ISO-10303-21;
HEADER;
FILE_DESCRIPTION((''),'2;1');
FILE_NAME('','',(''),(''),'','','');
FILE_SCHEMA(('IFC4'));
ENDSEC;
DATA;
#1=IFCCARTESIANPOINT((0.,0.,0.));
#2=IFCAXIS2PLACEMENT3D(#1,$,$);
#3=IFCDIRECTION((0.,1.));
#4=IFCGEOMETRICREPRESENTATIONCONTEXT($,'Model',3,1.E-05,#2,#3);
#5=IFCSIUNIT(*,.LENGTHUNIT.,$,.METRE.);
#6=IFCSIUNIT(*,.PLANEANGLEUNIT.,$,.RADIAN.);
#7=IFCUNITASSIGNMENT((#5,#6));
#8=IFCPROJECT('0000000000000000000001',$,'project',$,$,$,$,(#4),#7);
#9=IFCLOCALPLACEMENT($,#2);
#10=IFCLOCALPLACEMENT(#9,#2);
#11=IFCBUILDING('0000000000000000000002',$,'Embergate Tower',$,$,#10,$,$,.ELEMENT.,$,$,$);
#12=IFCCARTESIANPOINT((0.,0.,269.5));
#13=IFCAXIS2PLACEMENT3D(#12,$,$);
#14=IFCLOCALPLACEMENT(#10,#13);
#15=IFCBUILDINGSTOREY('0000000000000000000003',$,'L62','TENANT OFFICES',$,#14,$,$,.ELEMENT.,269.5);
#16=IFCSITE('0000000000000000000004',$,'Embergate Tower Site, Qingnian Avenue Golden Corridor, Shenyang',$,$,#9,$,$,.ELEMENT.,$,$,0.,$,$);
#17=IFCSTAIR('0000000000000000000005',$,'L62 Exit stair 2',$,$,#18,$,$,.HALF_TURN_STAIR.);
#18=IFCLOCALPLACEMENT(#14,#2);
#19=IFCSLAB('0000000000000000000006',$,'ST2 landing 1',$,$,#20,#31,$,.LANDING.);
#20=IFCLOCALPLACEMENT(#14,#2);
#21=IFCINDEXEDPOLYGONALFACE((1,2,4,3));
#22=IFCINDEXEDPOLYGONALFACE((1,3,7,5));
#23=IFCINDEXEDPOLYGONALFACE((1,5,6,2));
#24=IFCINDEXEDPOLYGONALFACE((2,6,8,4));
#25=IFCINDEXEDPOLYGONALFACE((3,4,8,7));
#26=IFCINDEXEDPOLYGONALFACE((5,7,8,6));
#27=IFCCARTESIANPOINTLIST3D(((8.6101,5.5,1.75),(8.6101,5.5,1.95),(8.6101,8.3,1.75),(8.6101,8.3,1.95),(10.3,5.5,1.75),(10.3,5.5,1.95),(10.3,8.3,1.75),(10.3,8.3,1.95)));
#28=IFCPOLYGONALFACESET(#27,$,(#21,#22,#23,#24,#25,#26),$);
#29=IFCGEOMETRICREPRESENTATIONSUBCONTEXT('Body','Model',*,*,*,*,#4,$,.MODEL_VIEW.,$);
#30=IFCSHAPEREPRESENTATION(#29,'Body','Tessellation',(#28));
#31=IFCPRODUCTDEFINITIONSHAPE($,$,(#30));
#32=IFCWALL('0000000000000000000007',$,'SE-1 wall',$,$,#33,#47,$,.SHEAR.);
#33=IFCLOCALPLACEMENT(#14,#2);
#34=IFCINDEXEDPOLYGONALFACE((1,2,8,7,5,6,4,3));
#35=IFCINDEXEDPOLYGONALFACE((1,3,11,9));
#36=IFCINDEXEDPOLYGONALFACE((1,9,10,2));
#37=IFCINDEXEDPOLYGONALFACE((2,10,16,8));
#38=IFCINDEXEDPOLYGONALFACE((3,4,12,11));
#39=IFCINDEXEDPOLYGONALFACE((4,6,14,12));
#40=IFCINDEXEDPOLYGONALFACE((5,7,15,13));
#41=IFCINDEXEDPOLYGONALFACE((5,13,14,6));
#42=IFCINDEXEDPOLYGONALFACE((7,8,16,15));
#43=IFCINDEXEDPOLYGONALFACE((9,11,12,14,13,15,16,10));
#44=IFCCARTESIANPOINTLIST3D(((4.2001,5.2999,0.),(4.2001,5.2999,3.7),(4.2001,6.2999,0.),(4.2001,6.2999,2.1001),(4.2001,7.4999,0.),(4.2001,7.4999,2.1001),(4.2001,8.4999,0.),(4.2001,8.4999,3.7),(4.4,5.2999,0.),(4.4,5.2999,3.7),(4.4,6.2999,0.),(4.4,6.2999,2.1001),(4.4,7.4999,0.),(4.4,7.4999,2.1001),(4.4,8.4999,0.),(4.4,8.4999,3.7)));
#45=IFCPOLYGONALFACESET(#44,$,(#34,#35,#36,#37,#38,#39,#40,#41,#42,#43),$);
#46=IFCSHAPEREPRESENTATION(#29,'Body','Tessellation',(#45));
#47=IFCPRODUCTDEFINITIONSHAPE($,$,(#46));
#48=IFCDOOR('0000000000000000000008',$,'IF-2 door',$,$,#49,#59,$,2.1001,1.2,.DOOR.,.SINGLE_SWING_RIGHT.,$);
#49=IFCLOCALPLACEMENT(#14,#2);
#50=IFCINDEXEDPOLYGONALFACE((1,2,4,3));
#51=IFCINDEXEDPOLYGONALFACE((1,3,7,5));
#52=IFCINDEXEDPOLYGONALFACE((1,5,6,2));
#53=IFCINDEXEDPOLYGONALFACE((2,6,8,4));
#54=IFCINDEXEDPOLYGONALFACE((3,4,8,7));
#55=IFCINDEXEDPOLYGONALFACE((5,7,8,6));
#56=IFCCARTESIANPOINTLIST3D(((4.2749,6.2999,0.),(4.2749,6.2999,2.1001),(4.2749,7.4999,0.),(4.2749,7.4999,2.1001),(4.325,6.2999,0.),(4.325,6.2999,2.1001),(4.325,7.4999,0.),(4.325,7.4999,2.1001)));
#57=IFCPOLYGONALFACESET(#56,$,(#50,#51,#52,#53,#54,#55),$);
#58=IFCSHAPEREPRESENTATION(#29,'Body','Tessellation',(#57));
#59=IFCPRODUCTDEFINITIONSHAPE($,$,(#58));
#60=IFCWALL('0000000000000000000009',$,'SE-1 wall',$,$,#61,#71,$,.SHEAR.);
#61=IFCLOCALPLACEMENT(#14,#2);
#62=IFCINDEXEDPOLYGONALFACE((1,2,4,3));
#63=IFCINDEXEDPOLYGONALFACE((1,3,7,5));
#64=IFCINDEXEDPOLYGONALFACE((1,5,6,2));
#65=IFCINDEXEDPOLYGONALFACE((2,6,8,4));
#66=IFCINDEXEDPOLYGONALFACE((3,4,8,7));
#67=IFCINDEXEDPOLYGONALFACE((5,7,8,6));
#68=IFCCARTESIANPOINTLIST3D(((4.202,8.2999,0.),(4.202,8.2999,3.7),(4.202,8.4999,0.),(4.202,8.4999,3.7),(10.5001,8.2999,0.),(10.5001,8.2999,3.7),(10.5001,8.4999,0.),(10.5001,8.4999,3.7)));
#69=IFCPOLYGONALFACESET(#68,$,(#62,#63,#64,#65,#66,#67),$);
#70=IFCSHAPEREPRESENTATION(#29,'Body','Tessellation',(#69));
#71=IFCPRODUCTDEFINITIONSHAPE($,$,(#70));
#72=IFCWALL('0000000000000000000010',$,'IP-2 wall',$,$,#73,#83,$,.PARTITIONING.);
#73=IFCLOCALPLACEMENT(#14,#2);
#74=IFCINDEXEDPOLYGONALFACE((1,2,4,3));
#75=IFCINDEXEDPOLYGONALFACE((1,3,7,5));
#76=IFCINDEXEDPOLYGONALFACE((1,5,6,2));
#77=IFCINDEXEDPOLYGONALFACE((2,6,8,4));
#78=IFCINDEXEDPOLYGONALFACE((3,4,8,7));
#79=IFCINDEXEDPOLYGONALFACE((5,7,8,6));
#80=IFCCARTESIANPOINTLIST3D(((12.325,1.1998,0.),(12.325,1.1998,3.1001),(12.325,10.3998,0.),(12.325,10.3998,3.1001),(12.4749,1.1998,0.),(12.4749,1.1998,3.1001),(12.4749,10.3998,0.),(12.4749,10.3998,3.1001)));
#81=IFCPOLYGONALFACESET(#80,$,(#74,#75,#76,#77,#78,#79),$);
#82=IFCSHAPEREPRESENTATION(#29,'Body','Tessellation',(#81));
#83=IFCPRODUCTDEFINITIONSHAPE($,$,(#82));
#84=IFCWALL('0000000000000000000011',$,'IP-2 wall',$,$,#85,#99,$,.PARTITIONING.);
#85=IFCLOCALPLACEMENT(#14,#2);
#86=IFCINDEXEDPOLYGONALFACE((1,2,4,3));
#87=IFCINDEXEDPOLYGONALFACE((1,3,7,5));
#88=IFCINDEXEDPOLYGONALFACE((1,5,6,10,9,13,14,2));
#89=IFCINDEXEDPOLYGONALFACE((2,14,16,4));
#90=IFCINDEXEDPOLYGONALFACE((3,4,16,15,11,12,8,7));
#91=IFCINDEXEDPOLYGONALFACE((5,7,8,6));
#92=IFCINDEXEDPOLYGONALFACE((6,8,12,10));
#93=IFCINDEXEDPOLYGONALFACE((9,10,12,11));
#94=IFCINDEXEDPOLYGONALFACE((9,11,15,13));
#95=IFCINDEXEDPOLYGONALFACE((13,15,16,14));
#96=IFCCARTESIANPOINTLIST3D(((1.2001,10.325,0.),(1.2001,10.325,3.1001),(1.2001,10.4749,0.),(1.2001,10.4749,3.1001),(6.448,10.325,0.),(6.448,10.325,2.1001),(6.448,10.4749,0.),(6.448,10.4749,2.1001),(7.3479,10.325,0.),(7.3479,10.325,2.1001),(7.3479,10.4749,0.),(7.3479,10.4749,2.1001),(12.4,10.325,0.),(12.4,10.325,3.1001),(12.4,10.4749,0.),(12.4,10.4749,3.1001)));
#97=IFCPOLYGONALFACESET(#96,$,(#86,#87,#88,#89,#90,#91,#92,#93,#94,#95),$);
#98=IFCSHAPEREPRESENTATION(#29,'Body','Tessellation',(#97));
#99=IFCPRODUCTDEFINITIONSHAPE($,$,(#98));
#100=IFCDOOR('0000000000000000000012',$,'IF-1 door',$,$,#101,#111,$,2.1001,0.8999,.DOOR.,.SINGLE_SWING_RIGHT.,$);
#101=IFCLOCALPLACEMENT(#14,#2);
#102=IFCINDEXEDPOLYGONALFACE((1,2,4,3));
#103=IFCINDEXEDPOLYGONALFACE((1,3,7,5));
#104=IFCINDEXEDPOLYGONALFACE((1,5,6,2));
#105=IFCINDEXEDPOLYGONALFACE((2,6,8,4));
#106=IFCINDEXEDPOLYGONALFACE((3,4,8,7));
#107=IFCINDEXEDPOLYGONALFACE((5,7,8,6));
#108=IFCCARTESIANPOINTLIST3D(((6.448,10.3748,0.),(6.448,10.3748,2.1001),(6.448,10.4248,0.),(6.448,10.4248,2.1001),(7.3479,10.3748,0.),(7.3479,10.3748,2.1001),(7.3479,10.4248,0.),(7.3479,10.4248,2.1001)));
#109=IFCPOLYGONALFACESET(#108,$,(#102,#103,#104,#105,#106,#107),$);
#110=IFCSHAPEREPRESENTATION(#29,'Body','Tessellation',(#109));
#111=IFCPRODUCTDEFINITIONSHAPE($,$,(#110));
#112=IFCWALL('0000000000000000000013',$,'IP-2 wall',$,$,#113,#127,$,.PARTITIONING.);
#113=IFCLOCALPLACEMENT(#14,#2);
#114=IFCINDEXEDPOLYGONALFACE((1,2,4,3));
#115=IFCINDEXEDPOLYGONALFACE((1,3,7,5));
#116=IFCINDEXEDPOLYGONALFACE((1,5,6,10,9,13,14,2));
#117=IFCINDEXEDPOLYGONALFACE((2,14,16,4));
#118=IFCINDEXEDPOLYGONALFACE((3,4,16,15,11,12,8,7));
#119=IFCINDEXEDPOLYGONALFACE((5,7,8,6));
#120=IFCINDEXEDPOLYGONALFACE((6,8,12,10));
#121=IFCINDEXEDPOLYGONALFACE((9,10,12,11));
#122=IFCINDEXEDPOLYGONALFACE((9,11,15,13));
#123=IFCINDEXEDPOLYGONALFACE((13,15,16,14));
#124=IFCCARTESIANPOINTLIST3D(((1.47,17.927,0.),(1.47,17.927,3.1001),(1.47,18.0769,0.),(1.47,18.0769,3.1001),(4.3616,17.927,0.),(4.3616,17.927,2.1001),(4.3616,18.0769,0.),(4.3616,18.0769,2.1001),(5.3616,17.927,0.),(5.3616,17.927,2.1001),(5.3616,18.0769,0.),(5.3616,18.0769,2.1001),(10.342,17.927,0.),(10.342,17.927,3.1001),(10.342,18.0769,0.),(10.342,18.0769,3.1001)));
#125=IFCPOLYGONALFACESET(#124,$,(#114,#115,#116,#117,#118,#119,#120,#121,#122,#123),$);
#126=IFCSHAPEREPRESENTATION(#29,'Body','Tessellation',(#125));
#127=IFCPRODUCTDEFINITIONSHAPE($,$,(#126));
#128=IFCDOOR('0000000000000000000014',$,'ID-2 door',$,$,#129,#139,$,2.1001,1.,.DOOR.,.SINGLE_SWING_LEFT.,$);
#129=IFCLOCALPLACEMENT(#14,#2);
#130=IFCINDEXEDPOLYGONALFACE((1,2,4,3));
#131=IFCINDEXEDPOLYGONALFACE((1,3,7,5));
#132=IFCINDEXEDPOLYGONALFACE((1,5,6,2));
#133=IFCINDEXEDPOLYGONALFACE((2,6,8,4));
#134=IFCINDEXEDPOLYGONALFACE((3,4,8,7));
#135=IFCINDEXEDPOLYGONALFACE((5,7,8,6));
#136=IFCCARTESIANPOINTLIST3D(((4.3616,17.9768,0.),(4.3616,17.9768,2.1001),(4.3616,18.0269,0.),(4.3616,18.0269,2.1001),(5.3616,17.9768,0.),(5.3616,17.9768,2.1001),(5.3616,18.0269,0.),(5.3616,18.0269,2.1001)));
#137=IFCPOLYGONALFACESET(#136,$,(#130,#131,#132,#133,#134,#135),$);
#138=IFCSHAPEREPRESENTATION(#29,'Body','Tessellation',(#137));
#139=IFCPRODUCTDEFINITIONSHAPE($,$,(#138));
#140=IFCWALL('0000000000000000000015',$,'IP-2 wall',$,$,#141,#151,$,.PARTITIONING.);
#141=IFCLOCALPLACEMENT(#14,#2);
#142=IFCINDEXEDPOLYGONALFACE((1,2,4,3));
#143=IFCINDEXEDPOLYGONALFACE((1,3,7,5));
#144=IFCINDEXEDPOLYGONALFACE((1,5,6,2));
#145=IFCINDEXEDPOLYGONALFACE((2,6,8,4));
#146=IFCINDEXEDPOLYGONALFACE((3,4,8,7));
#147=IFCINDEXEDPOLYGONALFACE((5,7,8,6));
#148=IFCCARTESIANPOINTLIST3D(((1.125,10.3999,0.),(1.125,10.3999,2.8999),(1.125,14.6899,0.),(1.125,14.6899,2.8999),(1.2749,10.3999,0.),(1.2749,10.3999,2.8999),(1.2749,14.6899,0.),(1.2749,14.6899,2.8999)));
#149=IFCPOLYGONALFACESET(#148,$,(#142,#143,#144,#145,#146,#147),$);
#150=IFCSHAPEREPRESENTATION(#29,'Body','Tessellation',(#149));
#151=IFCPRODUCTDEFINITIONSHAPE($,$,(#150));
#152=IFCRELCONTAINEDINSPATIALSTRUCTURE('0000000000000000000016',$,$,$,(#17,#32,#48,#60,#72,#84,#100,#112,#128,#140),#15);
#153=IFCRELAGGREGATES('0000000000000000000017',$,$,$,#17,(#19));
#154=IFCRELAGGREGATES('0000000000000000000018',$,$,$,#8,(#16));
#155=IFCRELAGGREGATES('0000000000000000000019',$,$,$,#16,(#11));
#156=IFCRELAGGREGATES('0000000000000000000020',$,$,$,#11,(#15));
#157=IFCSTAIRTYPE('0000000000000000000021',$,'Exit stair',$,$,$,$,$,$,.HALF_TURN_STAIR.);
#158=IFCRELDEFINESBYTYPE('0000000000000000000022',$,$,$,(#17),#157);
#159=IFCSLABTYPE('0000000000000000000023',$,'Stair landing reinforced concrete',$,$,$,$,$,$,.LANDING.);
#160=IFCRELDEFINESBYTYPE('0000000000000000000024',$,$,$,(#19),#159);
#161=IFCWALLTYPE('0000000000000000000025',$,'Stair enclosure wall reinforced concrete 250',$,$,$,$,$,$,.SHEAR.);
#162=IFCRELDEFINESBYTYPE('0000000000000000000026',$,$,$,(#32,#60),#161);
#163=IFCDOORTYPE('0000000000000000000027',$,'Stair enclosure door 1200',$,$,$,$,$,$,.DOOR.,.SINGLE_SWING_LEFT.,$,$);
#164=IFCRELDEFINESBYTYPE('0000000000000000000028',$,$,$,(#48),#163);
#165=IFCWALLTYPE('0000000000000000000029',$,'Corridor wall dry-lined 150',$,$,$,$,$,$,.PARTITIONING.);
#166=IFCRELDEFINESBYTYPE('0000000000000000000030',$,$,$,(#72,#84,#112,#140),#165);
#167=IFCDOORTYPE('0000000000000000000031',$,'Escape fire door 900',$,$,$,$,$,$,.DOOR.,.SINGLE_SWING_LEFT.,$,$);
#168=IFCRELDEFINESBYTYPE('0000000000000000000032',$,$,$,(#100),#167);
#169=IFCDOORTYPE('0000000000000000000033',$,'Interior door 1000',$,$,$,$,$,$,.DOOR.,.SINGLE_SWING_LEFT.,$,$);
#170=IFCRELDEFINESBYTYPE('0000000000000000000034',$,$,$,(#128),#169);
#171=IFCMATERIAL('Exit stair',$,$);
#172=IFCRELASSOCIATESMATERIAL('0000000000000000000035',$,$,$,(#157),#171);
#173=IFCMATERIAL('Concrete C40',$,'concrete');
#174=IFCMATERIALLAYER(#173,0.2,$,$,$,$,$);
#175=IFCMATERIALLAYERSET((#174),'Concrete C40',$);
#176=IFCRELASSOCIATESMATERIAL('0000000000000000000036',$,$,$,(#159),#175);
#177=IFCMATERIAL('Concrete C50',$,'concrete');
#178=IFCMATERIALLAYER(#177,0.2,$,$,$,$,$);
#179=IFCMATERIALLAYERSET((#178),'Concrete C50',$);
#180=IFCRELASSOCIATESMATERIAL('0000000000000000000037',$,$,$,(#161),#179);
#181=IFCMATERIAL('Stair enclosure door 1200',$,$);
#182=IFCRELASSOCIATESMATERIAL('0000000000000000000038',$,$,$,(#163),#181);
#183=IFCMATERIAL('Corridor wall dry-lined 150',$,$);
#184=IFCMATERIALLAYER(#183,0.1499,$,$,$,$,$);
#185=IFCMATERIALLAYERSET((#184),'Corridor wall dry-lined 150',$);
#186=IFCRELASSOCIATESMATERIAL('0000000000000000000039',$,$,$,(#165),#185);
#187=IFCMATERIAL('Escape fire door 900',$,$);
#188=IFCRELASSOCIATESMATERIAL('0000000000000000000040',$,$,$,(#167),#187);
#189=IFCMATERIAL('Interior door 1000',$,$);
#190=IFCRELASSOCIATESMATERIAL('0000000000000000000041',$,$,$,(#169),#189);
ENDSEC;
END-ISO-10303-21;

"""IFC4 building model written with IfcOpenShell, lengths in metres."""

from ifc_helpers import new_model, si_unit, direction, frame, frame_2d, origin, place, context, subcontext, project, spatial, polyline, rectangle, outline, extrude, source, transform, mapped, material, layer, layer_set, type_object, element, fill, aggregate, save


model = new_model("IFC4")

# Units and contexts
model_context = context("Model", 3, precision=1e-05, world=origin(), true_north=direction((0.0, 1.0)))
body_context = subcontext(model_context, "Body", "Model", "MODEL_VIEW")
ifc_project = project(units=[si_unit("LENGTHUNIT", "METRE"), si_unit("PLANEANGLEUNIT", "RADIAN")], contexts=[model_context])

# Site, building, storey
site_placement = place(None, origin())
site = spatial("IfcSite", under=ifc_project, at=site_placement, Name="Embergate Tower Site, Qingnian Avenue Golden Corridor, Shenyang", CompositionType="ELEMENT", RefElevation=0.0)
building_placement = place(site_placement, origin())
building = spatial("IfcBuilding", under=site, at=building_placement, Name="Embergate Tower", CompositionType="ELEMENT")
storey_placement = place(building_placement, frame((0.0, 0.0, 269.5)))
storey = spatial("IfcBuildingStorey", under=building, at=storey_placement, Name="L62", Description="TENANT OFFICES", CompositionType="ELEMENT", Elevation=269.5)

# Stair, slab
ifc_material_1 = material(Name="Exit stair")
stair_type = type_object("IfcStairType", Name="Exit stair", PredefinedType="HALF_TURN_STAIR", material=ifc_material_1)
stair_placement = place(storey_placement, origin())
stair = element("IfcStair", 1, at=stair_placement, inside=storey, type_object=stair_type, Name="L62 Exit stair 2", PredefinedType="HALF_TURN_STAIR")
ifc_material_2 = material(Name="Concrete C40", Category="concrete")
ifc_layer_1 = layer(ifc_material_2, 0.2)
ifc_layer_set_1 = layer_set([ifc_layer_1], Name="Concrete C40")
slab_type = type_object("IfcSlabType", Name="Stair landing reinforced concrete", PredefinedType="LANDING", material=ifc_layer_set_1)
shared_shape_1 = source(origin(), body_context, "Body", "SweptSolid", [
    extrude(outline(polyline([(0.0, 0.0), (1.6899, 0.0), (1.6899, 2.8), (0.0, 2.8), (0.0, 0.0)])), origin(), (0.0, 0.0, 1.0), 0.2),
])
slab_placement = place(storey_placement, frame((8.6101, 5.5, 1.75)))
slab = element("IfcSlab", 2, at=slab_placement, type_object=slab_type, Name="ST2 landing 1", PredefinedType="LANDING", context=body_context, shape_type="MappedRepresentation", body=[
    mapped(shared_shape_1, transform((0.0, 0.0, 0.0))),
])

# Wall, opening, door
ifc_material_3 = material(Name="Concrete C50", Category="concrete")
ifc_layer_2 = layer(ifc_material_3, 0.2)
ifc_layer_set_2 = layer_set([ifc_layer_2], Name="Concrete C50")
wall_type_1 = type_object("IfcWallType", Name="Stair enclosure wall reinforced concrete 250", PredefinedType="SHEAR", material=ifc_layer_set_2)
shared_shape_2 = source(origin(), body_context, "Body", "SweptSolid", [
    extrude(rectangle(XDim=3.2, YDim=0.2, at=frame_2d((1.6001, 0.0))), origin(), (0.0, 0.0, 1.0), 3.7),
])
wall_1_placement = place(storey_placement, frame((4.3, 8.5, 0.0), z_axis=(0.0, 0.0, 1.0), x_axis=(0.0, -1.0, 0.0)))
wall_1 = element("IfcWall", 3, at=wall_1_placement, inside=storey, type_object=wall_type_1, Name="SE-1 wall", PredefinedType="SHEAR", context=body_context, shape_type="MappedRepresentation", body=[
    mapped(shared_shape_2, transform((0.0, 0.0, 0.0))),
])
shared_shape_3 = source(origin(), body_context, "Body", "SweptSolid", [
    extrude(rectangle(XDim=1.2, YDim=2.1001, at=frame_2d((0.6001, 1.05))), frame((0.0, 0.1099, 0.0), z_axis=(0.0, -1.0, 0.0), x_axis=(1.0, 0.0, 0.0)), (0.0, 0.0, 1.0), 0.22),
])
opening_1_placement = place(wall_1_placement, frame((1.0, 0.0, 0.0)))
opening_1 = element("IfcOpeningElement", 4, at=opening_1_placement, cuts=wall_1, PredefinedType="OPENING", context=body_context, shape_type="MappedRepresentation", body=[
    mapped(shared_shape_3, transform((0.0, 0.0, 0.0))),
])
ifc_material_4 = material(Name="Stair enclosure door 1200")
door_type_1 = type_object("IfcDoorType", Name="Stair enclosure door 1200", OperationType="SINGLE_SWING_LEFT", PredefinedType="DOOR", material=ifc_material_4)
shared_shape_4 = source(origin(), body_context, "Body", "SweptSolid", [
    extrude(rectangle(XDim=1.2, YDim=2.1001, at=frame_2d((0.6001, 1.05))), frame((0.0, 0.0249, 0.0), z_axis=(0.0, -1.0, 0.0), x_axis=(1.0, 0.0, 0.0)), (0.0, 0.0, 1.0), 0.05),
])
door_1_placement = place(opening_1_placement, origin())
door_1 = element("IfcDoor", 5, at=door_1_placement, inside=storey, type_object=door_type_1, Name="IF-2 door", OperationType="SINGLE_SWING_RIGHT", OverallHeight=2.1001, OverallWidth=1.2, PredefinedType="DOOR", context=body_context, shape_type="MappedRepresentation", body=[
    mapped(shared_shape_4, transform((0.0, 0.0, 0.0))),
])
fill(opening_1, door_1)

# Walls
shared_shape_5 = source(origin(), body_context, "Body", "SweptSolid", [
    extrude(rectangle(XDim=6.2981, YDim=0.2, at=frame_2d((3.1489, 0.0))), origin(), (0.0, 0.0, 1.0), 3.7),
])
wall_2_placement = place(storey_placement, frame((10.5, 8.3999, 0.0), z_axis=(0.0, 0.0, 1.0), x_axis=(-1.0, 0.0, 0.0)))
element("IfcWall", 6, at=wall_2_placement, inside=storey, type_object=wall_type_1, Name="SE-1 wall", PredefinedType="SHEAR", context=body_context, shape_type="MappedRepresentation", body=[
    mapped(shared_shape_5, transform((0.0, 0.0, 0.0))),
])
ifc_material_5 = material(Name="Corridor wall dry-lined 150")
ifc_layer_3 = layer(ifc_material_5, 0.1499)
ifc_layer_set_3 = layer_set([ifc_layer_3], Name="Corridor wall dry-lined 150")
wall_type_2 = type_object("IfcWallType", Name="Corridor wall dry-lined 150", PredefinedType="PARTITIONING", material=ifc_layer_set_3)
shared_shape_6 = source(origin(), body_context, "Body", "SweptSolid", [
    extrude(rectangle(XDim=9.2, YDim=0.1499, at=frame_2d((4.6001, 0.0))), origin(), (0.0, 0.0, 1.0), 3.1001),
])
wall_3_placement = place(storey_placement, frame((12.3999, 10.3999, 0.0), z_axis=(0.0, 0.0, 1.0), x_axis=(0.0, -1.0, 0.0)))
element("IfcWall", 7, at=wall_3_placement, inside=storey, type_object=wall_type_2, Name="IP-2 wall", PredefinedType="PARTITIONING", context=body_context, shape_type="MappedRepresentation", body=[
    mapped(shared_shape_6, transform((0.0, 0.0, 0.0))),
])

# Walls, openings, doors
shared_shape_7 = source(origin(), body_context, "Body", "SweptSolid", [
    extrude(rectangle(XDim=11.2, YDim=0.1499, at=frame_2d((5.6001, 0.0))), origin(), (0.0, 0.0, 1.0), 3.1001),
])
wall_4_placement = place(storey_placement, frame((1.2, 10.3999, 0.0), z_axis=(0.0, 0.0, 1.0), x_axis=(1.0, 0.0, 0.0)))
wall_4 = element("IfcWall", 8, at=wall_4_placement, inside=storey, type_object=wall_type_2, Name="IP-2 wall", PredefinedType="PARTITIONING", context=body_context, shape_type="MappedRepresentation", body=[
    mapped(shared_shape_7, transform((0.0, 0.0, 0.0))),
])
shared_shape_8 = source(origin(), body_context, "Body", "SweptSolid", [
    extrude(rectangle(XDim=0.8999, YDim=2.1001, at=frame_2d((0.45, 1.05))), frame((0.0, 0.085, 0.0), z_axis=(0.0, -1.0, 0.0), x_axis=(1.0, 0.0, 0.0)), (0.0, 0.0, 1.0), 0.1699),
])
opening_2_placement = place(wall_4_placement, frame((5.248, 0.0, 0.0)))
opening_2 = element("IfcOpeningElement", 9, at=opening_2_placement, cuts=wall_4, PredefinedType="OPENING", context=body_context, shape_type="MappedRepresentation", body=[
    mapped(shared_shape_8, transform((0.0, 0.0, 0.0))),
])
ifc_material_6 = material(Name="Escape fire door 900")
door_type_2 = type_object("IfcDoorType", Name="Escape fire door 900", OperationType="SINGLE_SWING_LEFT", PredefinedType="DOOR", material=ifc_material_6)
shared_shape_9 = source(origin(), body_context, "Body", "SweptSolid", [
    extrude(rectangle(XDim=0.8999, YDim=2.1001, at=frame_2d((0.45, 1.05))), frame((0.0, 0.0249, 0.0), z_axis=(0.0, -1.0, 0.0), x_axis=(1.0, 0.0, 0.0)), (0.0, 0.0, 1.0), 0.05),
])
door_2_placement = place(opening_2_placement, origin())
door_2 = element("IfcDoor", 10, at=door_2_placement, inside=storey, type_object=door_type_2, Name="IF-1 door", OperationType="SINGLE_SWING_RIGHT", OverallHeight=2.1001, OverallWidth=0.8999, PredefinedType="DOOR", context=body_context, shape_type="MappedRepresentation", body=[
    mapped(shared_shape_9, transform((0.0, 0.0, 0.0))),
])
fill(opening_2, door_2)
shared_shape_10 = source(origin(), body_context, "Body", "SweptSolid", [
    extrude(rectangle(XDim=8.8721, YDim=0.1499, at=frame_2d((4.436, 0.0))), origin(), (0.0, 0.0, 1.0), 3.1001),
])
wall_5_placement = place(storey_placement, frame((1.47, 18.002, 0.0), z_axis=(0.0, 0.0, 1.0), x_axis=(1.0, 0.0, 0.0)))
wall_5 = element("IfcWall", 11, at=wall_5_placement, inside=storey, type_object=wall_type_2, Name="IP-2 wall", PredefinedType="PARTITIONING", context=body_context, shape_type="MappedRepresentation", body=[
    mapped(shared_shape_10, transform((0.0, 0.0, 0.0))),
])
shared_shape_11 = source(origin(), body_context, "Body", "SweptSolid", [
    extrude(rectangle(XDim=1.0, YDim=2.1001, at=frame_2d((0.5, 1.05))), frame((0.0, 0.085, 0.0), z_axis=(0.0, -1.0, 0.0), x_axis=(1.0, 0.0, 0.0)), (0.0, 0.0, 1.0), 0.1699),
])
opening_3_placement = place(wall_5_placement, frame((2.8916, 0.0, 0.0)))
opening_3 = element("IfcOpeningElement", 12, at=opening_3_placement, cuts=wall_5, PredefinedType="OPENING", context=body_context, shape_type="MappedRepresentation", body=[
    mapped(shared_shape_11, transform((0.0, 0.0, 0.0))),
])
ifc_material_7 = material(Name="Interior door 1000")
door_type_3 = type_object("IfcDoorType", Name="Interior door 1000", OperationType="SINGLE_SWING_LEFT", PredefinedType="DOOR", material=ifc_material_7)
shared_shape_12 = source(origin(), body_context, "Body", "SweptSolid", [
    extrude(rectangle(XDim=1.0, YDim=2.1001, at=frame_2d((0.5, 1.05))), frame((0.0, 0.0249, 0.0), z_axis=(0.0, -1.0, 0.0), x_axis=(1.0, 0.0, 0.0)), (0.0, 0.0, 1.0), 0.05),
])
door_3_placement = place(opening_3_placement, origin())
door_3 = element("IfcDoor", 13, at=door_3_placement, inside=storey, type_object=door_type_3, Name="ID-2 door", OperationType="SINGLE_SWING_LEFT", OverallHeight=2.1001, OverallWidth=1.0, PredefinedType="DOOR", context=body_context, shape_type="MappedRepresentation", body=[
    mapped(shared_shape_12, transform((0.0, 0.0, 0.0))),
])
fill(opening_3, door_3)

# Wall
shared_shape_13 = source(origin(), body_context, "Body", "SweptSolid", [
    extrude(rectangle(XDim=4.29, YDim=0.1499, at=frame_2d((2.145, 0.0))), origin(), (0.0, 0.0, 1.0), 2.8999),
])
wall_6_placement = place(storey_placement, frame((1.2, 10.3999, 0.0), z_axis=(0.0, 0.0, 1.0), x_axis=(0.0, 1.0, 0.0)))
element("IfcWall", 14, at=wall_6_placement, inside=storey, type_object=wall_type_2, Name="IP-2 wall", PredefinedType="PARTITIONING", context=body_context, shape_type="MappedRepresentation", body=[
    mapped(shared_shape_13, transform((0.0, 0.0, 0.0))),
])

aggregate(stair, [slab])

save(model, "model.ifc")
